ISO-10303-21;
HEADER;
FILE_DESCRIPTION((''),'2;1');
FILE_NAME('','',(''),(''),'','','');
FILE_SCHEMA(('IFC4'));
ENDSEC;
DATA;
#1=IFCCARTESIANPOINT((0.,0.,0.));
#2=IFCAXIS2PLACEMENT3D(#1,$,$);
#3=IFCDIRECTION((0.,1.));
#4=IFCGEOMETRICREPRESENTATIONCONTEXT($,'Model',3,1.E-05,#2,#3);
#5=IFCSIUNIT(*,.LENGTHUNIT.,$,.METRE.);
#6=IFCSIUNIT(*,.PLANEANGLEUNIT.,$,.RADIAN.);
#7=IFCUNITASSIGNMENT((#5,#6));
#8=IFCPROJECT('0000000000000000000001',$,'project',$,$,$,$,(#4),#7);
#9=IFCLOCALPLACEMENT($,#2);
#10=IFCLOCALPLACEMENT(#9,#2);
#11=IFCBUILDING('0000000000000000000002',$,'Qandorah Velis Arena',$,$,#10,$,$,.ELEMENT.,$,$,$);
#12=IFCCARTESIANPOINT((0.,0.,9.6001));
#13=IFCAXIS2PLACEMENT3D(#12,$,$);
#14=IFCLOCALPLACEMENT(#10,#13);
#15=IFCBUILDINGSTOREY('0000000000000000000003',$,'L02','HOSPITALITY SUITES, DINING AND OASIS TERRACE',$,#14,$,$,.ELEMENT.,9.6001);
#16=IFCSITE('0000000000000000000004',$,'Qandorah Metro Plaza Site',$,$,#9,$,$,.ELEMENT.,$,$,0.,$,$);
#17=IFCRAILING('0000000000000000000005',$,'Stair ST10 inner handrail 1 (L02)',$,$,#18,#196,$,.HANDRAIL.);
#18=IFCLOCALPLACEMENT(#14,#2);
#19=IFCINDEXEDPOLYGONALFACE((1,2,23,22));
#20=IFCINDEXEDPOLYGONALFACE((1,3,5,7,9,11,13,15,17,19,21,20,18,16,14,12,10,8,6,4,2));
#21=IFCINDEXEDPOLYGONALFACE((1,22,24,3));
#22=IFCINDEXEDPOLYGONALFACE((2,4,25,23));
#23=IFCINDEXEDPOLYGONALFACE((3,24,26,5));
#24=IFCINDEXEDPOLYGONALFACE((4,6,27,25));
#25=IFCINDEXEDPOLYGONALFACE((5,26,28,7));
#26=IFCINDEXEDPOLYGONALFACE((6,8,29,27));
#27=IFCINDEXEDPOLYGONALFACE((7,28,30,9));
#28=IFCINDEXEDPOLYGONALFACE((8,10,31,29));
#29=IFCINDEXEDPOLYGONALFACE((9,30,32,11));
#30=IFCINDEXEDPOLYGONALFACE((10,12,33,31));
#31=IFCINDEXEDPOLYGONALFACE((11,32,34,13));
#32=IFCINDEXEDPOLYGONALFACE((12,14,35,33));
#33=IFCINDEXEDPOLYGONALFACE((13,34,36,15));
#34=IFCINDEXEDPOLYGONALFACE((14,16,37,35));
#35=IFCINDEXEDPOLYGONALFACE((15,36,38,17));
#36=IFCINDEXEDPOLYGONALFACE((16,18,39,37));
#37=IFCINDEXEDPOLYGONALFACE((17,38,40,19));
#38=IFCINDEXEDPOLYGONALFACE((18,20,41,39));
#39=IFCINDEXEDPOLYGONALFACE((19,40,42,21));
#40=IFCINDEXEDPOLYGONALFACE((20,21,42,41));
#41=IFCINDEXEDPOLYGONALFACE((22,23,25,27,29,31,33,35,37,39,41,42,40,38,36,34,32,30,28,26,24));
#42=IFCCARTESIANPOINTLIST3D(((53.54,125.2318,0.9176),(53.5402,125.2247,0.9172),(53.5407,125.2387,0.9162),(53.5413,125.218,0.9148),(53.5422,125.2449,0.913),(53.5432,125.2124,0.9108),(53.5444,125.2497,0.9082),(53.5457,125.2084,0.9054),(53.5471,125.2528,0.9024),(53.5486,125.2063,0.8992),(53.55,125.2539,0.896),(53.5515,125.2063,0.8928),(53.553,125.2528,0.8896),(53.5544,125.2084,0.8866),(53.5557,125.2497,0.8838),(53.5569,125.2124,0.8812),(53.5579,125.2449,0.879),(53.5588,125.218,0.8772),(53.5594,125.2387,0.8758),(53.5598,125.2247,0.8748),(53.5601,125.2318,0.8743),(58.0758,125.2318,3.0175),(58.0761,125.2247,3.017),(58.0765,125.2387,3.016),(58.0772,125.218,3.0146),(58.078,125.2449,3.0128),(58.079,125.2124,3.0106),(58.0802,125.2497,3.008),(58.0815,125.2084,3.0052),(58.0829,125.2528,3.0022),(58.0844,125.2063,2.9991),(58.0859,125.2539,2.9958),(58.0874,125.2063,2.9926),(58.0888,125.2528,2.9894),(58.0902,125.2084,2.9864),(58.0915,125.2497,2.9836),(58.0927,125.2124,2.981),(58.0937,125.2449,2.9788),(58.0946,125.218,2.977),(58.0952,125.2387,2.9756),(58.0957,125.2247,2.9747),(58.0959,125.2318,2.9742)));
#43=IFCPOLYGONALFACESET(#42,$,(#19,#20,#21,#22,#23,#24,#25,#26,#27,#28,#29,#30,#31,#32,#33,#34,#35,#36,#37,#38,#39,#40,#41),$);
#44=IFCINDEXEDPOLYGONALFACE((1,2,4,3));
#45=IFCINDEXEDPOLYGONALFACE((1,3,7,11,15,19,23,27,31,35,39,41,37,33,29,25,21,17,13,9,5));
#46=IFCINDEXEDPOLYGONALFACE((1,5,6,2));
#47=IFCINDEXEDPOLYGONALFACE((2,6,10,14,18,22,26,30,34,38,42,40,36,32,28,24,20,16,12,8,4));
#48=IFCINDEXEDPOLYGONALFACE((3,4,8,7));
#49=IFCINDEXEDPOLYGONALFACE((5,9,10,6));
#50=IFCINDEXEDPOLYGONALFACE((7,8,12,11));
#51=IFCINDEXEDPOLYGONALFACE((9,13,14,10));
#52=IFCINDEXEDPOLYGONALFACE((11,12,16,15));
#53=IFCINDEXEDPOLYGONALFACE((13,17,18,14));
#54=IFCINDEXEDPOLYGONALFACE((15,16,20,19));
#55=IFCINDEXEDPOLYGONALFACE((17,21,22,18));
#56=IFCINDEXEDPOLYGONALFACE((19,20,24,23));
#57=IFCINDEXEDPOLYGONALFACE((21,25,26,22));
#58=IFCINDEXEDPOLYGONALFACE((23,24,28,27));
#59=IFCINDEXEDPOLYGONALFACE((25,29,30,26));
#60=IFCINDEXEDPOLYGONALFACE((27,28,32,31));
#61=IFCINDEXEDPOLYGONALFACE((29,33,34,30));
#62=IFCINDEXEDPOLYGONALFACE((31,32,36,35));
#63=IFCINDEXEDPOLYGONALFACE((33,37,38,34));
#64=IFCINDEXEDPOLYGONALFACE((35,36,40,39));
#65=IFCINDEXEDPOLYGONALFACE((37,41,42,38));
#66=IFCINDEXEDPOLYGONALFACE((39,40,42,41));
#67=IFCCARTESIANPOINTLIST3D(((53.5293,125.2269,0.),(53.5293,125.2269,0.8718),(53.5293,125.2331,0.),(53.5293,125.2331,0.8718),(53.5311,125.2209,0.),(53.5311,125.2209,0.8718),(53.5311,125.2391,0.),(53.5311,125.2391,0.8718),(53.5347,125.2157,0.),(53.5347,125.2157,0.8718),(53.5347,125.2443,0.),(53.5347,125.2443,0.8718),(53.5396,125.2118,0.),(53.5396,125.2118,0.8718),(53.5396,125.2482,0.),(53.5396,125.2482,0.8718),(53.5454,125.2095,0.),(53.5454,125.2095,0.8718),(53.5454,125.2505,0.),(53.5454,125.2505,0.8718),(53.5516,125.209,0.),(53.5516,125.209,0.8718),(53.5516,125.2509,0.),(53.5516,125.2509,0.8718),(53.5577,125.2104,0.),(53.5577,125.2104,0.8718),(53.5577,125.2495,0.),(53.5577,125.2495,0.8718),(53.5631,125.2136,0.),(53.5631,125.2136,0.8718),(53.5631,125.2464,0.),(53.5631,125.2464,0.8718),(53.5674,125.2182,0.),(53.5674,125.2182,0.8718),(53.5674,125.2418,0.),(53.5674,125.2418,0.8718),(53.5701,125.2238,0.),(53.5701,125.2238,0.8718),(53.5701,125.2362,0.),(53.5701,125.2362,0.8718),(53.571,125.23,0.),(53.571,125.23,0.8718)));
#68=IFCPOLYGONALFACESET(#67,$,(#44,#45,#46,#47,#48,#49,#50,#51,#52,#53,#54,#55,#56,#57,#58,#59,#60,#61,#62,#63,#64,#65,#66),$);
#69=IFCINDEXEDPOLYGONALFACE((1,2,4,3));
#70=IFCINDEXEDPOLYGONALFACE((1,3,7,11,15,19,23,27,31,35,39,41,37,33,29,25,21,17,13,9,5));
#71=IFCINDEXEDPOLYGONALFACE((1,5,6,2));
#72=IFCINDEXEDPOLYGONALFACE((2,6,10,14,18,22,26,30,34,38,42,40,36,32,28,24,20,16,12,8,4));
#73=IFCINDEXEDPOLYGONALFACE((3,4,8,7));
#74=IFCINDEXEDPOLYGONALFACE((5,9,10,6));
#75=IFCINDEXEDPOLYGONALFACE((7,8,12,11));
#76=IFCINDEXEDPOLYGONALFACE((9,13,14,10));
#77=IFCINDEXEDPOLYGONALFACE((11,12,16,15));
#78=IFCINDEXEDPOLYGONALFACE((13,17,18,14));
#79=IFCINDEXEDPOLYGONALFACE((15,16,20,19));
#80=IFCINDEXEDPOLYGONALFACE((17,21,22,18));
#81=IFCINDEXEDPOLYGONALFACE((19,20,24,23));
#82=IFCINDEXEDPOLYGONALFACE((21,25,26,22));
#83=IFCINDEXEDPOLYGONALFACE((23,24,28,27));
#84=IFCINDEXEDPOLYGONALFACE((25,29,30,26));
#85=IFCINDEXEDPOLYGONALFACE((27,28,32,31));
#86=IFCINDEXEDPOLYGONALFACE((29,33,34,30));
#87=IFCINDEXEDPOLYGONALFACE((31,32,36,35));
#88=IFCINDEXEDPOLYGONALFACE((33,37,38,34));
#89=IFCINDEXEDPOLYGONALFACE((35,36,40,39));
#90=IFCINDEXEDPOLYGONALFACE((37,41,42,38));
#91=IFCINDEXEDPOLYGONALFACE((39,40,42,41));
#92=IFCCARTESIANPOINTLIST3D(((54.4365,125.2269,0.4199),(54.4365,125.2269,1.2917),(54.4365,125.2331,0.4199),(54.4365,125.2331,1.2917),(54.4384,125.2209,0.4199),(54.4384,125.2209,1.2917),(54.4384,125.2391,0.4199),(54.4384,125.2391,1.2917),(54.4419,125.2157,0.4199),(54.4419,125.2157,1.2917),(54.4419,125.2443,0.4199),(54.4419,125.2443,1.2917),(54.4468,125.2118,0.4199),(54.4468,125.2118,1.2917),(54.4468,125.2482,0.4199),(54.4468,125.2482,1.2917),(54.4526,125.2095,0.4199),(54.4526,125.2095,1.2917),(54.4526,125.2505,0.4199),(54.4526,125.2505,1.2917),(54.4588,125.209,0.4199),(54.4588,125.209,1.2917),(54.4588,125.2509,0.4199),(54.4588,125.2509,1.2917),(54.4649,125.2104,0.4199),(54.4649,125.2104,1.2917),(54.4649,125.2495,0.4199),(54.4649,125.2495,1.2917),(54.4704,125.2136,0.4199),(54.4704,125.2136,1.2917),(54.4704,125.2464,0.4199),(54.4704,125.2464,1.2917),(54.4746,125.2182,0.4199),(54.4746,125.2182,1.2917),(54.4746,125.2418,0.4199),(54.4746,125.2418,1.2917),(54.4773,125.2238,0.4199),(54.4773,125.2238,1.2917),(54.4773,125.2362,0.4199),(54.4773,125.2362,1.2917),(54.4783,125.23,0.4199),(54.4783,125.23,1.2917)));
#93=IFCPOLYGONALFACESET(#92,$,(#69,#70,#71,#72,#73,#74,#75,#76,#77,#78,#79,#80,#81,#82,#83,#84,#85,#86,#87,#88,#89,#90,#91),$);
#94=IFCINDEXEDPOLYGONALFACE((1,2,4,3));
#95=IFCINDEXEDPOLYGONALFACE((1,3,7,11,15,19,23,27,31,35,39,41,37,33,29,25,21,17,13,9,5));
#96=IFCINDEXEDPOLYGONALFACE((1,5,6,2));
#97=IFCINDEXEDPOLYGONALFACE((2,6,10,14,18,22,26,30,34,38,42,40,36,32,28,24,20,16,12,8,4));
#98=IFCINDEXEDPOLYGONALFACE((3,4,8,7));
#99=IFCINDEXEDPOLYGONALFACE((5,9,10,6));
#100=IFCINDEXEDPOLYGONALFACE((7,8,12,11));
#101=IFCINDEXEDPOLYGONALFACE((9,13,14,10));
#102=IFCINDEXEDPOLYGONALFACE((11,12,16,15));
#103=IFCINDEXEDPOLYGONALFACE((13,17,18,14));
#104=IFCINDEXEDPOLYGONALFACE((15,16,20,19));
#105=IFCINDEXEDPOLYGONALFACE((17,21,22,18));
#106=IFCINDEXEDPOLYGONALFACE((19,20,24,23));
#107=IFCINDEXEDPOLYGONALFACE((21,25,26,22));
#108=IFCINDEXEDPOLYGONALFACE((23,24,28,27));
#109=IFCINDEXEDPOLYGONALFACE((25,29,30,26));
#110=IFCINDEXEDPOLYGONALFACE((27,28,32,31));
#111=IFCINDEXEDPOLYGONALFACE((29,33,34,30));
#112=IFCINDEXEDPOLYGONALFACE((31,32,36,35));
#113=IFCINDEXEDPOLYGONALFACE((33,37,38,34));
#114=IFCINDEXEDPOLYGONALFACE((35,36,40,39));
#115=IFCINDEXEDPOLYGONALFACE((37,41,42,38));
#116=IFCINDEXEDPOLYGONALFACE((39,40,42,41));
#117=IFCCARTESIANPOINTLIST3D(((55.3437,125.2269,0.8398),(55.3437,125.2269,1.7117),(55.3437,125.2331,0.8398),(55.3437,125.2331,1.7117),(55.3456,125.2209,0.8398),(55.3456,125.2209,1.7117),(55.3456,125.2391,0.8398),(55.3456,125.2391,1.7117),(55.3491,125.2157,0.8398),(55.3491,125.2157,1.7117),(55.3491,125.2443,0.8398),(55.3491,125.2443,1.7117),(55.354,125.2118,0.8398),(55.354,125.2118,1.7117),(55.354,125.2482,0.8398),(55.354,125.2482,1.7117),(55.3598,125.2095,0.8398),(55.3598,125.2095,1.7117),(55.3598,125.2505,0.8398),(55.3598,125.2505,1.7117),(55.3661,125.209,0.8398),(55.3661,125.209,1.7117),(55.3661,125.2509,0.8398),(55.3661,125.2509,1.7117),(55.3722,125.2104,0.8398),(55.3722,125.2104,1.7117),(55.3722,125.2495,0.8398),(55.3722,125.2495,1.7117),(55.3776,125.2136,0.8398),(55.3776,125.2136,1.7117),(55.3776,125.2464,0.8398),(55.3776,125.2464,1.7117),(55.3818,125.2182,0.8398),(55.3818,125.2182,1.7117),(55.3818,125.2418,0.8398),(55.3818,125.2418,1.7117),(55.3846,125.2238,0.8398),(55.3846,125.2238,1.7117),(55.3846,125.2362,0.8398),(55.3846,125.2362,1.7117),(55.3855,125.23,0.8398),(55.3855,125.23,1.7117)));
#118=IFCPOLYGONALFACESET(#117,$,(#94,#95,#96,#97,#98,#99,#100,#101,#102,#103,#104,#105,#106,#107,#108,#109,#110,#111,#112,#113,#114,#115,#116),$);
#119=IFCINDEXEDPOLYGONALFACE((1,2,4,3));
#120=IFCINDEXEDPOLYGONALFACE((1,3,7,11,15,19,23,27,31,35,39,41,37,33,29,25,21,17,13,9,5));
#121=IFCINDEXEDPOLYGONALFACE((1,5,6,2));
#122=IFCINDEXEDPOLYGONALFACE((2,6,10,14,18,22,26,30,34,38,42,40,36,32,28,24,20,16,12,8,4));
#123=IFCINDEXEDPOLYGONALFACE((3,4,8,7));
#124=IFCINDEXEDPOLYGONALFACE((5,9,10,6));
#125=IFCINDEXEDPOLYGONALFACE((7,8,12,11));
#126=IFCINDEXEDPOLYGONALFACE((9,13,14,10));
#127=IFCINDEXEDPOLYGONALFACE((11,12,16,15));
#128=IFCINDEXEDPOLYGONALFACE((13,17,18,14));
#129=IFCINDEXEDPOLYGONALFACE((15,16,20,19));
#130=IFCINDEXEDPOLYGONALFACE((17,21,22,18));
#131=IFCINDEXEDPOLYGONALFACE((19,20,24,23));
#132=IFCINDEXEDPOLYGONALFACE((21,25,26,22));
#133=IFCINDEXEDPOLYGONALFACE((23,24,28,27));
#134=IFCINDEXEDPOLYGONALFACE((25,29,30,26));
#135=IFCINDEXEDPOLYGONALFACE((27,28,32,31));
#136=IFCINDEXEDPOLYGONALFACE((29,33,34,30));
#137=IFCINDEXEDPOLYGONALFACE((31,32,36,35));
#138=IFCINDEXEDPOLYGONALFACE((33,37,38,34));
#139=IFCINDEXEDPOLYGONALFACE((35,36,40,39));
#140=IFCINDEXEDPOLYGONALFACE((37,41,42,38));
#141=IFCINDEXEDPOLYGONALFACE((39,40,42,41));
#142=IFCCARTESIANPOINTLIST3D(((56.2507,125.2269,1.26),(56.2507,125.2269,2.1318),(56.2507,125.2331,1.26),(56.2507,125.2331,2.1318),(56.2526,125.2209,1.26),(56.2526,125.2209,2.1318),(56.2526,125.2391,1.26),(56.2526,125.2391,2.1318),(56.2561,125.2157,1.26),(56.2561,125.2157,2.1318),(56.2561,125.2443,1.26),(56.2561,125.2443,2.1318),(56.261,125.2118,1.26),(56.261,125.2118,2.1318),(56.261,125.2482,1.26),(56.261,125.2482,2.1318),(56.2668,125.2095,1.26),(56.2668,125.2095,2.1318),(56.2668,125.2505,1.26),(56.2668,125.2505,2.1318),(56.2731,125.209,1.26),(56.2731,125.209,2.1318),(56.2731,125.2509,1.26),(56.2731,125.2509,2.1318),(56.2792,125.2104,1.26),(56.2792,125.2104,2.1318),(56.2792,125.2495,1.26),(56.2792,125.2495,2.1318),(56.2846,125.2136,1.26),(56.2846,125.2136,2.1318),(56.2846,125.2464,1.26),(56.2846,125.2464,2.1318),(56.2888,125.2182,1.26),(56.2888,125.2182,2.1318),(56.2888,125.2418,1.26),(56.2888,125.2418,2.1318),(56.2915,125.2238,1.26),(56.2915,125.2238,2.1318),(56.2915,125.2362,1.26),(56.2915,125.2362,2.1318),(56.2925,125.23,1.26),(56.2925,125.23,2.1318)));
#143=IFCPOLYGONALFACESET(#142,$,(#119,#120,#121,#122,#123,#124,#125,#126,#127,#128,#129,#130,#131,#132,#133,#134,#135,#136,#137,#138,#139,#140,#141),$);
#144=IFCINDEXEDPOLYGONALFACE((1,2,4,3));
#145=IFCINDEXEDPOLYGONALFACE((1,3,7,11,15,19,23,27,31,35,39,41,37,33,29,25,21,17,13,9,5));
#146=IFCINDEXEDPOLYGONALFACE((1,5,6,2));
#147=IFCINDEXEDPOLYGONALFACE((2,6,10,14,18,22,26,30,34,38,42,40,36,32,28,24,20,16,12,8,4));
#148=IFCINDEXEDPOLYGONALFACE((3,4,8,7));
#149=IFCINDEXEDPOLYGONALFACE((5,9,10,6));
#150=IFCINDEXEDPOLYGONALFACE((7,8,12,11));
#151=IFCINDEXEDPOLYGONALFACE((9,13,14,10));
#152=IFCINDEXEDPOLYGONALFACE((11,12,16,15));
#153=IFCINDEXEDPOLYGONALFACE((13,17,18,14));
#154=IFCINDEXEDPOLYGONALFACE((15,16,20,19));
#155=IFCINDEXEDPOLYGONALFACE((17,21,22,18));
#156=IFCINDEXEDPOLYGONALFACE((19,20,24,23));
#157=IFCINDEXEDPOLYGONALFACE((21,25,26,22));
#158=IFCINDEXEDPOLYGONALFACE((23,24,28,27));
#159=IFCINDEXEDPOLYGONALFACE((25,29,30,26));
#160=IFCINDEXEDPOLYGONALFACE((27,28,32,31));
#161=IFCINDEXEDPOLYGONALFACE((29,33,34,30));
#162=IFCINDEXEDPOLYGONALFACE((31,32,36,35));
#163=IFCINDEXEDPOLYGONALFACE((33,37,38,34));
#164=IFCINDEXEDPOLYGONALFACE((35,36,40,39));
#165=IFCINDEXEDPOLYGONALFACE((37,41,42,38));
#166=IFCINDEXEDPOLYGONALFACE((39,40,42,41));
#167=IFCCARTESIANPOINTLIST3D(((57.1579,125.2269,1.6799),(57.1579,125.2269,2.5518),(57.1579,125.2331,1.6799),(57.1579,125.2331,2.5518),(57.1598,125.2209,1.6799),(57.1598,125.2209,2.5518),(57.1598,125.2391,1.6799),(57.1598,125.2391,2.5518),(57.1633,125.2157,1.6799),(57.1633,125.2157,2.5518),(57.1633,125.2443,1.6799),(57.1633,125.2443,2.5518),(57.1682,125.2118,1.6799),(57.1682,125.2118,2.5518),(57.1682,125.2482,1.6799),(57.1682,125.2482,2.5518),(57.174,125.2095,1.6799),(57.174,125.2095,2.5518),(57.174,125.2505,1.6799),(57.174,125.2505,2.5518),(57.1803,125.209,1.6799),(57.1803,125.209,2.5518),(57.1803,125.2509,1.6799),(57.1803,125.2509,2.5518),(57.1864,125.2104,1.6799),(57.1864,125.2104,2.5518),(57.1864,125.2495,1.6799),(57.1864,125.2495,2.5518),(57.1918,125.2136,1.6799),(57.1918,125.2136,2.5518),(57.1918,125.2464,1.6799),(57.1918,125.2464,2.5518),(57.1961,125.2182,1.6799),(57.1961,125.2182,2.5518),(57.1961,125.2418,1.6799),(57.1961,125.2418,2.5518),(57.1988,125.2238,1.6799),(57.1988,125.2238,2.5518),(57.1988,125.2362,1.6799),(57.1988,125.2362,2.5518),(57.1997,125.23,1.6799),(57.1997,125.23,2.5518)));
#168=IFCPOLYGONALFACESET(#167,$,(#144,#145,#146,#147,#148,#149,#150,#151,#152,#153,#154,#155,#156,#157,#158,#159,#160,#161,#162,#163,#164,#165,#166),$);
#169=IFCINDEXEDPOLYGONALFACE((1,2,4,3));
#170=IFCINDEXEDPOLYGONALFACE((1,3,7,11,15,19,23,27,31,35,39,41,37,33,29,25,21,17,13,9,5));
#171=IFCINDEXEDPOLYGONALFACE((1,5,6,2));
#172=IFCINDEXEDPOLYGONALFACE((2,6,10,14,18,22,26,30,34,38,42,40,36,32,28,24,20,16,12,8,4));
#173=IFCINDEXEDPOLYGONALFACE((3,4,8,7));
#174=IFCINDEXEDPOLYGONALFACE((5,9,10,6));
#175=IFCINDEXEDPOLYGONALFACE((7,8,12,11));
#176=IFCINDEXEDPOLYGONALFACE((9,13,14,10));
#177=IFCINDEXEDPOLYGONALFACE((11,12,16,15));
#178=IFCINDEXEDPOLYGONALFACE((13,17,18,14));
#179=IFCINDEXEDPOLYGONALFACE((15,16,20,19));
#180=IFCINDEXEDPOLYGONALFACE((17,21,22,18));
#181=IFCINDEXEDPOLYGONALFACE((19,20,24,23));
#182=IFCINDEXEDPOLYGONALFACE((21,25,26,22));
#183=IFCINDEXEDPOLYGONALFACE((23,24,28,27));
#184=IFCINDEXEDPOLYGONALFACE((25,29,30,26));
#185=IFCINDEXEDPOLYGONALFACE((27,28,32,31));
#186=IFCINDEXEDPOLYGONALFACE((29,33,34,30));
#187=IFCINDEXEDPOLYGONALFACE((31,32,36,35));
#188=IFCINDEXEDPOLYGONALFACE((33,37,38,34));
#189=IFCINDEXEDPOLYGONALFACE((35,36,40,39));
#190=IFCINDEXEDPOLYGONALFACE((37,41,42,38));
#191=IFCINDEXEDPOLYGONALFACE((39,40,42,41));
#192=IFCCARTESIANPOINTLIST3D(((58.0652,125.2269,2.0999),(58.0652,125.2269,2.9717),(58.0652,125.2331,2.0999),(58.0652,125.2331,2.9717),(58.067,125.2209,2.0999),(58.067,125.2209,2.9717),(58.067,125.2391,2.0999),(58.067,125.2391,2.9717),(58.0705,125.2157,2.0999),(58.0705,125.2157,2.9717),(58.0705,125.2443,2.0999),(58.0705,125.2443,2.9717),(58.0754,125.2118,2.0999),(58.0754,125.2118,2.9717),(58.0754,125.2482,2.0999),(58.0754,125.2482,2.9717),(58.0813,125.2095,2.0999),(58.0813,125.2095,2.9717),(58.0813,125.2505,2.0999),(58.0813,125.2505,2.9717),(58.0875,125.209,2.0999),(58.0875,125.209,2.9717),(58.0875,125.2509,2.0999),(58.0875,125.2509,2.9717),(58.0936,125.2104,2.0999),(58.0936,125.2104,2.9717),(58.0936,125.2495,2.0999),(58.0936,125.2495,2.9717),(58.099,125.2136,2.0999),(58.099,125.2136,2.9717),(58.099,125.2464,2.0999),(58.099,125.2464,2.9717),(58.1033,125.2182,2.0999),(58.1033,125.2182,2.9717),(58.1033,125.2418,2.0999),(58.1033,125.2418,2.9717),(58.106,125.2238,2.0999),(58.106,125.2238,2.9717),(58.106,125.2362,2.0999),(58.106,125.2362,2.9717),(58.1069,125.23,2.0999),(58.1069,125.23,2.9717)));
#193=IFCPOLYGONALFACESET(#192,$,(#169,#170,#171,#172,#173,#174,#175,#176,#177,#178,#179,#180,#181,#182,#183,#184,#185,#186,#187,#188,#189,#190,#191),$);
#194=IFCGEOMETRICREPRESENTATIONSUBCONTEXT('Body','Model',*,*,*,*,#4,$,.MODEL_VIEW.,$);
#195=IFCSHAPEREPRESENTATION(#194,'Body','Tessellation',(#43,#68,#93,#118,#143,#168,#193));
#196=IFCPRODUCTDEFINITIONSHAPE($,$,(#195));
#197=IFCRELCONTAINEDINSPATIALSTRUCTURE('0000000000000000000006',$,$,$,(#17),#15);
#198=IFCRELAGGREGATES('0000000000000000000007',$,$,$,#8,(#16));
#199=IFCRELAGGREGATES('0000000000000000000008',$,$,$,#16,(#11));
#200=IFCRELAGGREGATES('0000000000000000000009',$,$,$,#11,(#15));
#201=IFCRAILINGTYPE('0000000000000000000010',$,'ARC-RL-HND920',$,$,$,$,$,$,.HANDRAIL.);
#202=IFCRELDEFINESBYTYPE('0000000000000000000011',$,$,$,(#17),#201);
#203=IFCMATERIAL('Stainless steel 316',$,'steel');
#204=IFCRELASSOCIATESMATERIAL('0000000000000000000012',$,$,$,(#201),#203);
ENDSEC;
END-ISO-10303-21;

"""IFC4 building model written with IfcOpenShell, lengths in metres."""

from ifc_helpers import new_model, si_unit, direction, frame, origin, origin_2d, place, context, subcontext, project, spatial, circle, extrude, material, type_object, element, save


model = new_model("IFC4")

# Units and contexts
model_context = context("Model", 3, precision=1e-05, world=origin(), true_north=direction((0.0, 1.0)))
body_context = subcontext(model_context, "Body", "Model", "MODEL_VIEW")
ifc_project = project(units=[si_unit("LENGTHUNIT", "METRE"), si_unit("PLANEANGLEUNIT", "RADIAN")], contexts=[model_context])

# Site, building, storey
site_placement = place(None, origin())
site = spatial("IfcSite", under=ifc_project, at=site_placement, Name="Qandorah Metro Plaza Site", CompositionType="ELEMENT", RefElevation=0.0)
building_placement = place(site_placement, origin())
building = spatial("IfcBuilding", under=site, at=building_placement, Name="Qandorah Velis Arena", CompositionType="ELEMENT")
storey_placement = place(building_placement, frame((0.0, 0.0, 9.6001)))
storey = spatial("IfcBuildingStorey", under=building, at=storey_placement, Name="L02", Description="HOSPITALITY SUITES, DINING AND OASIS TERRACE", CompositionType="ELEMENT", Elevation=9.6001)

# Railing
ifc_material_1 = material(Name="Stainless steel 316", Category="steel")
railing_type_1 = type_object("IfcRailingType", Name="ARC-RL-HND920", PredefinedType="HANDRAIL", material=ifc_material_1)
railing_1_placement = place(storey_placement, frame((53.55, 125.23, 0.0)))
element("IfcRailing", 1, at=railing_1_placement, inside=storey, type_object=railing_type_1, Name="Stair ST10 inner handrail 1 (L02)", PredefinedType="HANDRAIL", context=body_context, shape_type="SweptSolid", body=[
    extrude(circle(Radius=0.0239, at=origin_2d()), frame((0.0, 0.0, 0.896), z_axis=(0.907474, 0.0, 0.420108), x_axis=(0.0, 1.0, 0.0)), (0.0, 0.0, 1.0), 4.9983),
    extrude(circle(Radius=0.021, at=origin_2d()), origin(), (0.0, 0.0, 1.0), 0.8718),
    extrude(circle(Radius=0.021, at=origin_2d()), frame((0.9072, 0.0, 0.4199)), (0.0, 0.0, 1.0), 0.8718),
    extrude(circle(Radius=0.021, at=origin_2d()), frame((1.8145, 0.0, 0.8398)), (0.0, 0.0, 1.0), 0.8718),
    extrude(circle(Radius=0.021, at=origin_2d()), frame((2.7214, 0.0, 1.26)), (0.0, 0.0, 1.0), 0.8718),
    extrude(circle(Radius=0.021, at=origin_2d()), frame((3.6287, 0.0, 1.6799)), (0.0, 0.0, 1.0), 0.8718),
    extrude(circle(Radius=0.021, at=origin_2d()), frame((4.5359, 0.0, 2.0999)), (0.0, 0.0, 1.0), 0.8718),
])

save(model, "model.ifc")
